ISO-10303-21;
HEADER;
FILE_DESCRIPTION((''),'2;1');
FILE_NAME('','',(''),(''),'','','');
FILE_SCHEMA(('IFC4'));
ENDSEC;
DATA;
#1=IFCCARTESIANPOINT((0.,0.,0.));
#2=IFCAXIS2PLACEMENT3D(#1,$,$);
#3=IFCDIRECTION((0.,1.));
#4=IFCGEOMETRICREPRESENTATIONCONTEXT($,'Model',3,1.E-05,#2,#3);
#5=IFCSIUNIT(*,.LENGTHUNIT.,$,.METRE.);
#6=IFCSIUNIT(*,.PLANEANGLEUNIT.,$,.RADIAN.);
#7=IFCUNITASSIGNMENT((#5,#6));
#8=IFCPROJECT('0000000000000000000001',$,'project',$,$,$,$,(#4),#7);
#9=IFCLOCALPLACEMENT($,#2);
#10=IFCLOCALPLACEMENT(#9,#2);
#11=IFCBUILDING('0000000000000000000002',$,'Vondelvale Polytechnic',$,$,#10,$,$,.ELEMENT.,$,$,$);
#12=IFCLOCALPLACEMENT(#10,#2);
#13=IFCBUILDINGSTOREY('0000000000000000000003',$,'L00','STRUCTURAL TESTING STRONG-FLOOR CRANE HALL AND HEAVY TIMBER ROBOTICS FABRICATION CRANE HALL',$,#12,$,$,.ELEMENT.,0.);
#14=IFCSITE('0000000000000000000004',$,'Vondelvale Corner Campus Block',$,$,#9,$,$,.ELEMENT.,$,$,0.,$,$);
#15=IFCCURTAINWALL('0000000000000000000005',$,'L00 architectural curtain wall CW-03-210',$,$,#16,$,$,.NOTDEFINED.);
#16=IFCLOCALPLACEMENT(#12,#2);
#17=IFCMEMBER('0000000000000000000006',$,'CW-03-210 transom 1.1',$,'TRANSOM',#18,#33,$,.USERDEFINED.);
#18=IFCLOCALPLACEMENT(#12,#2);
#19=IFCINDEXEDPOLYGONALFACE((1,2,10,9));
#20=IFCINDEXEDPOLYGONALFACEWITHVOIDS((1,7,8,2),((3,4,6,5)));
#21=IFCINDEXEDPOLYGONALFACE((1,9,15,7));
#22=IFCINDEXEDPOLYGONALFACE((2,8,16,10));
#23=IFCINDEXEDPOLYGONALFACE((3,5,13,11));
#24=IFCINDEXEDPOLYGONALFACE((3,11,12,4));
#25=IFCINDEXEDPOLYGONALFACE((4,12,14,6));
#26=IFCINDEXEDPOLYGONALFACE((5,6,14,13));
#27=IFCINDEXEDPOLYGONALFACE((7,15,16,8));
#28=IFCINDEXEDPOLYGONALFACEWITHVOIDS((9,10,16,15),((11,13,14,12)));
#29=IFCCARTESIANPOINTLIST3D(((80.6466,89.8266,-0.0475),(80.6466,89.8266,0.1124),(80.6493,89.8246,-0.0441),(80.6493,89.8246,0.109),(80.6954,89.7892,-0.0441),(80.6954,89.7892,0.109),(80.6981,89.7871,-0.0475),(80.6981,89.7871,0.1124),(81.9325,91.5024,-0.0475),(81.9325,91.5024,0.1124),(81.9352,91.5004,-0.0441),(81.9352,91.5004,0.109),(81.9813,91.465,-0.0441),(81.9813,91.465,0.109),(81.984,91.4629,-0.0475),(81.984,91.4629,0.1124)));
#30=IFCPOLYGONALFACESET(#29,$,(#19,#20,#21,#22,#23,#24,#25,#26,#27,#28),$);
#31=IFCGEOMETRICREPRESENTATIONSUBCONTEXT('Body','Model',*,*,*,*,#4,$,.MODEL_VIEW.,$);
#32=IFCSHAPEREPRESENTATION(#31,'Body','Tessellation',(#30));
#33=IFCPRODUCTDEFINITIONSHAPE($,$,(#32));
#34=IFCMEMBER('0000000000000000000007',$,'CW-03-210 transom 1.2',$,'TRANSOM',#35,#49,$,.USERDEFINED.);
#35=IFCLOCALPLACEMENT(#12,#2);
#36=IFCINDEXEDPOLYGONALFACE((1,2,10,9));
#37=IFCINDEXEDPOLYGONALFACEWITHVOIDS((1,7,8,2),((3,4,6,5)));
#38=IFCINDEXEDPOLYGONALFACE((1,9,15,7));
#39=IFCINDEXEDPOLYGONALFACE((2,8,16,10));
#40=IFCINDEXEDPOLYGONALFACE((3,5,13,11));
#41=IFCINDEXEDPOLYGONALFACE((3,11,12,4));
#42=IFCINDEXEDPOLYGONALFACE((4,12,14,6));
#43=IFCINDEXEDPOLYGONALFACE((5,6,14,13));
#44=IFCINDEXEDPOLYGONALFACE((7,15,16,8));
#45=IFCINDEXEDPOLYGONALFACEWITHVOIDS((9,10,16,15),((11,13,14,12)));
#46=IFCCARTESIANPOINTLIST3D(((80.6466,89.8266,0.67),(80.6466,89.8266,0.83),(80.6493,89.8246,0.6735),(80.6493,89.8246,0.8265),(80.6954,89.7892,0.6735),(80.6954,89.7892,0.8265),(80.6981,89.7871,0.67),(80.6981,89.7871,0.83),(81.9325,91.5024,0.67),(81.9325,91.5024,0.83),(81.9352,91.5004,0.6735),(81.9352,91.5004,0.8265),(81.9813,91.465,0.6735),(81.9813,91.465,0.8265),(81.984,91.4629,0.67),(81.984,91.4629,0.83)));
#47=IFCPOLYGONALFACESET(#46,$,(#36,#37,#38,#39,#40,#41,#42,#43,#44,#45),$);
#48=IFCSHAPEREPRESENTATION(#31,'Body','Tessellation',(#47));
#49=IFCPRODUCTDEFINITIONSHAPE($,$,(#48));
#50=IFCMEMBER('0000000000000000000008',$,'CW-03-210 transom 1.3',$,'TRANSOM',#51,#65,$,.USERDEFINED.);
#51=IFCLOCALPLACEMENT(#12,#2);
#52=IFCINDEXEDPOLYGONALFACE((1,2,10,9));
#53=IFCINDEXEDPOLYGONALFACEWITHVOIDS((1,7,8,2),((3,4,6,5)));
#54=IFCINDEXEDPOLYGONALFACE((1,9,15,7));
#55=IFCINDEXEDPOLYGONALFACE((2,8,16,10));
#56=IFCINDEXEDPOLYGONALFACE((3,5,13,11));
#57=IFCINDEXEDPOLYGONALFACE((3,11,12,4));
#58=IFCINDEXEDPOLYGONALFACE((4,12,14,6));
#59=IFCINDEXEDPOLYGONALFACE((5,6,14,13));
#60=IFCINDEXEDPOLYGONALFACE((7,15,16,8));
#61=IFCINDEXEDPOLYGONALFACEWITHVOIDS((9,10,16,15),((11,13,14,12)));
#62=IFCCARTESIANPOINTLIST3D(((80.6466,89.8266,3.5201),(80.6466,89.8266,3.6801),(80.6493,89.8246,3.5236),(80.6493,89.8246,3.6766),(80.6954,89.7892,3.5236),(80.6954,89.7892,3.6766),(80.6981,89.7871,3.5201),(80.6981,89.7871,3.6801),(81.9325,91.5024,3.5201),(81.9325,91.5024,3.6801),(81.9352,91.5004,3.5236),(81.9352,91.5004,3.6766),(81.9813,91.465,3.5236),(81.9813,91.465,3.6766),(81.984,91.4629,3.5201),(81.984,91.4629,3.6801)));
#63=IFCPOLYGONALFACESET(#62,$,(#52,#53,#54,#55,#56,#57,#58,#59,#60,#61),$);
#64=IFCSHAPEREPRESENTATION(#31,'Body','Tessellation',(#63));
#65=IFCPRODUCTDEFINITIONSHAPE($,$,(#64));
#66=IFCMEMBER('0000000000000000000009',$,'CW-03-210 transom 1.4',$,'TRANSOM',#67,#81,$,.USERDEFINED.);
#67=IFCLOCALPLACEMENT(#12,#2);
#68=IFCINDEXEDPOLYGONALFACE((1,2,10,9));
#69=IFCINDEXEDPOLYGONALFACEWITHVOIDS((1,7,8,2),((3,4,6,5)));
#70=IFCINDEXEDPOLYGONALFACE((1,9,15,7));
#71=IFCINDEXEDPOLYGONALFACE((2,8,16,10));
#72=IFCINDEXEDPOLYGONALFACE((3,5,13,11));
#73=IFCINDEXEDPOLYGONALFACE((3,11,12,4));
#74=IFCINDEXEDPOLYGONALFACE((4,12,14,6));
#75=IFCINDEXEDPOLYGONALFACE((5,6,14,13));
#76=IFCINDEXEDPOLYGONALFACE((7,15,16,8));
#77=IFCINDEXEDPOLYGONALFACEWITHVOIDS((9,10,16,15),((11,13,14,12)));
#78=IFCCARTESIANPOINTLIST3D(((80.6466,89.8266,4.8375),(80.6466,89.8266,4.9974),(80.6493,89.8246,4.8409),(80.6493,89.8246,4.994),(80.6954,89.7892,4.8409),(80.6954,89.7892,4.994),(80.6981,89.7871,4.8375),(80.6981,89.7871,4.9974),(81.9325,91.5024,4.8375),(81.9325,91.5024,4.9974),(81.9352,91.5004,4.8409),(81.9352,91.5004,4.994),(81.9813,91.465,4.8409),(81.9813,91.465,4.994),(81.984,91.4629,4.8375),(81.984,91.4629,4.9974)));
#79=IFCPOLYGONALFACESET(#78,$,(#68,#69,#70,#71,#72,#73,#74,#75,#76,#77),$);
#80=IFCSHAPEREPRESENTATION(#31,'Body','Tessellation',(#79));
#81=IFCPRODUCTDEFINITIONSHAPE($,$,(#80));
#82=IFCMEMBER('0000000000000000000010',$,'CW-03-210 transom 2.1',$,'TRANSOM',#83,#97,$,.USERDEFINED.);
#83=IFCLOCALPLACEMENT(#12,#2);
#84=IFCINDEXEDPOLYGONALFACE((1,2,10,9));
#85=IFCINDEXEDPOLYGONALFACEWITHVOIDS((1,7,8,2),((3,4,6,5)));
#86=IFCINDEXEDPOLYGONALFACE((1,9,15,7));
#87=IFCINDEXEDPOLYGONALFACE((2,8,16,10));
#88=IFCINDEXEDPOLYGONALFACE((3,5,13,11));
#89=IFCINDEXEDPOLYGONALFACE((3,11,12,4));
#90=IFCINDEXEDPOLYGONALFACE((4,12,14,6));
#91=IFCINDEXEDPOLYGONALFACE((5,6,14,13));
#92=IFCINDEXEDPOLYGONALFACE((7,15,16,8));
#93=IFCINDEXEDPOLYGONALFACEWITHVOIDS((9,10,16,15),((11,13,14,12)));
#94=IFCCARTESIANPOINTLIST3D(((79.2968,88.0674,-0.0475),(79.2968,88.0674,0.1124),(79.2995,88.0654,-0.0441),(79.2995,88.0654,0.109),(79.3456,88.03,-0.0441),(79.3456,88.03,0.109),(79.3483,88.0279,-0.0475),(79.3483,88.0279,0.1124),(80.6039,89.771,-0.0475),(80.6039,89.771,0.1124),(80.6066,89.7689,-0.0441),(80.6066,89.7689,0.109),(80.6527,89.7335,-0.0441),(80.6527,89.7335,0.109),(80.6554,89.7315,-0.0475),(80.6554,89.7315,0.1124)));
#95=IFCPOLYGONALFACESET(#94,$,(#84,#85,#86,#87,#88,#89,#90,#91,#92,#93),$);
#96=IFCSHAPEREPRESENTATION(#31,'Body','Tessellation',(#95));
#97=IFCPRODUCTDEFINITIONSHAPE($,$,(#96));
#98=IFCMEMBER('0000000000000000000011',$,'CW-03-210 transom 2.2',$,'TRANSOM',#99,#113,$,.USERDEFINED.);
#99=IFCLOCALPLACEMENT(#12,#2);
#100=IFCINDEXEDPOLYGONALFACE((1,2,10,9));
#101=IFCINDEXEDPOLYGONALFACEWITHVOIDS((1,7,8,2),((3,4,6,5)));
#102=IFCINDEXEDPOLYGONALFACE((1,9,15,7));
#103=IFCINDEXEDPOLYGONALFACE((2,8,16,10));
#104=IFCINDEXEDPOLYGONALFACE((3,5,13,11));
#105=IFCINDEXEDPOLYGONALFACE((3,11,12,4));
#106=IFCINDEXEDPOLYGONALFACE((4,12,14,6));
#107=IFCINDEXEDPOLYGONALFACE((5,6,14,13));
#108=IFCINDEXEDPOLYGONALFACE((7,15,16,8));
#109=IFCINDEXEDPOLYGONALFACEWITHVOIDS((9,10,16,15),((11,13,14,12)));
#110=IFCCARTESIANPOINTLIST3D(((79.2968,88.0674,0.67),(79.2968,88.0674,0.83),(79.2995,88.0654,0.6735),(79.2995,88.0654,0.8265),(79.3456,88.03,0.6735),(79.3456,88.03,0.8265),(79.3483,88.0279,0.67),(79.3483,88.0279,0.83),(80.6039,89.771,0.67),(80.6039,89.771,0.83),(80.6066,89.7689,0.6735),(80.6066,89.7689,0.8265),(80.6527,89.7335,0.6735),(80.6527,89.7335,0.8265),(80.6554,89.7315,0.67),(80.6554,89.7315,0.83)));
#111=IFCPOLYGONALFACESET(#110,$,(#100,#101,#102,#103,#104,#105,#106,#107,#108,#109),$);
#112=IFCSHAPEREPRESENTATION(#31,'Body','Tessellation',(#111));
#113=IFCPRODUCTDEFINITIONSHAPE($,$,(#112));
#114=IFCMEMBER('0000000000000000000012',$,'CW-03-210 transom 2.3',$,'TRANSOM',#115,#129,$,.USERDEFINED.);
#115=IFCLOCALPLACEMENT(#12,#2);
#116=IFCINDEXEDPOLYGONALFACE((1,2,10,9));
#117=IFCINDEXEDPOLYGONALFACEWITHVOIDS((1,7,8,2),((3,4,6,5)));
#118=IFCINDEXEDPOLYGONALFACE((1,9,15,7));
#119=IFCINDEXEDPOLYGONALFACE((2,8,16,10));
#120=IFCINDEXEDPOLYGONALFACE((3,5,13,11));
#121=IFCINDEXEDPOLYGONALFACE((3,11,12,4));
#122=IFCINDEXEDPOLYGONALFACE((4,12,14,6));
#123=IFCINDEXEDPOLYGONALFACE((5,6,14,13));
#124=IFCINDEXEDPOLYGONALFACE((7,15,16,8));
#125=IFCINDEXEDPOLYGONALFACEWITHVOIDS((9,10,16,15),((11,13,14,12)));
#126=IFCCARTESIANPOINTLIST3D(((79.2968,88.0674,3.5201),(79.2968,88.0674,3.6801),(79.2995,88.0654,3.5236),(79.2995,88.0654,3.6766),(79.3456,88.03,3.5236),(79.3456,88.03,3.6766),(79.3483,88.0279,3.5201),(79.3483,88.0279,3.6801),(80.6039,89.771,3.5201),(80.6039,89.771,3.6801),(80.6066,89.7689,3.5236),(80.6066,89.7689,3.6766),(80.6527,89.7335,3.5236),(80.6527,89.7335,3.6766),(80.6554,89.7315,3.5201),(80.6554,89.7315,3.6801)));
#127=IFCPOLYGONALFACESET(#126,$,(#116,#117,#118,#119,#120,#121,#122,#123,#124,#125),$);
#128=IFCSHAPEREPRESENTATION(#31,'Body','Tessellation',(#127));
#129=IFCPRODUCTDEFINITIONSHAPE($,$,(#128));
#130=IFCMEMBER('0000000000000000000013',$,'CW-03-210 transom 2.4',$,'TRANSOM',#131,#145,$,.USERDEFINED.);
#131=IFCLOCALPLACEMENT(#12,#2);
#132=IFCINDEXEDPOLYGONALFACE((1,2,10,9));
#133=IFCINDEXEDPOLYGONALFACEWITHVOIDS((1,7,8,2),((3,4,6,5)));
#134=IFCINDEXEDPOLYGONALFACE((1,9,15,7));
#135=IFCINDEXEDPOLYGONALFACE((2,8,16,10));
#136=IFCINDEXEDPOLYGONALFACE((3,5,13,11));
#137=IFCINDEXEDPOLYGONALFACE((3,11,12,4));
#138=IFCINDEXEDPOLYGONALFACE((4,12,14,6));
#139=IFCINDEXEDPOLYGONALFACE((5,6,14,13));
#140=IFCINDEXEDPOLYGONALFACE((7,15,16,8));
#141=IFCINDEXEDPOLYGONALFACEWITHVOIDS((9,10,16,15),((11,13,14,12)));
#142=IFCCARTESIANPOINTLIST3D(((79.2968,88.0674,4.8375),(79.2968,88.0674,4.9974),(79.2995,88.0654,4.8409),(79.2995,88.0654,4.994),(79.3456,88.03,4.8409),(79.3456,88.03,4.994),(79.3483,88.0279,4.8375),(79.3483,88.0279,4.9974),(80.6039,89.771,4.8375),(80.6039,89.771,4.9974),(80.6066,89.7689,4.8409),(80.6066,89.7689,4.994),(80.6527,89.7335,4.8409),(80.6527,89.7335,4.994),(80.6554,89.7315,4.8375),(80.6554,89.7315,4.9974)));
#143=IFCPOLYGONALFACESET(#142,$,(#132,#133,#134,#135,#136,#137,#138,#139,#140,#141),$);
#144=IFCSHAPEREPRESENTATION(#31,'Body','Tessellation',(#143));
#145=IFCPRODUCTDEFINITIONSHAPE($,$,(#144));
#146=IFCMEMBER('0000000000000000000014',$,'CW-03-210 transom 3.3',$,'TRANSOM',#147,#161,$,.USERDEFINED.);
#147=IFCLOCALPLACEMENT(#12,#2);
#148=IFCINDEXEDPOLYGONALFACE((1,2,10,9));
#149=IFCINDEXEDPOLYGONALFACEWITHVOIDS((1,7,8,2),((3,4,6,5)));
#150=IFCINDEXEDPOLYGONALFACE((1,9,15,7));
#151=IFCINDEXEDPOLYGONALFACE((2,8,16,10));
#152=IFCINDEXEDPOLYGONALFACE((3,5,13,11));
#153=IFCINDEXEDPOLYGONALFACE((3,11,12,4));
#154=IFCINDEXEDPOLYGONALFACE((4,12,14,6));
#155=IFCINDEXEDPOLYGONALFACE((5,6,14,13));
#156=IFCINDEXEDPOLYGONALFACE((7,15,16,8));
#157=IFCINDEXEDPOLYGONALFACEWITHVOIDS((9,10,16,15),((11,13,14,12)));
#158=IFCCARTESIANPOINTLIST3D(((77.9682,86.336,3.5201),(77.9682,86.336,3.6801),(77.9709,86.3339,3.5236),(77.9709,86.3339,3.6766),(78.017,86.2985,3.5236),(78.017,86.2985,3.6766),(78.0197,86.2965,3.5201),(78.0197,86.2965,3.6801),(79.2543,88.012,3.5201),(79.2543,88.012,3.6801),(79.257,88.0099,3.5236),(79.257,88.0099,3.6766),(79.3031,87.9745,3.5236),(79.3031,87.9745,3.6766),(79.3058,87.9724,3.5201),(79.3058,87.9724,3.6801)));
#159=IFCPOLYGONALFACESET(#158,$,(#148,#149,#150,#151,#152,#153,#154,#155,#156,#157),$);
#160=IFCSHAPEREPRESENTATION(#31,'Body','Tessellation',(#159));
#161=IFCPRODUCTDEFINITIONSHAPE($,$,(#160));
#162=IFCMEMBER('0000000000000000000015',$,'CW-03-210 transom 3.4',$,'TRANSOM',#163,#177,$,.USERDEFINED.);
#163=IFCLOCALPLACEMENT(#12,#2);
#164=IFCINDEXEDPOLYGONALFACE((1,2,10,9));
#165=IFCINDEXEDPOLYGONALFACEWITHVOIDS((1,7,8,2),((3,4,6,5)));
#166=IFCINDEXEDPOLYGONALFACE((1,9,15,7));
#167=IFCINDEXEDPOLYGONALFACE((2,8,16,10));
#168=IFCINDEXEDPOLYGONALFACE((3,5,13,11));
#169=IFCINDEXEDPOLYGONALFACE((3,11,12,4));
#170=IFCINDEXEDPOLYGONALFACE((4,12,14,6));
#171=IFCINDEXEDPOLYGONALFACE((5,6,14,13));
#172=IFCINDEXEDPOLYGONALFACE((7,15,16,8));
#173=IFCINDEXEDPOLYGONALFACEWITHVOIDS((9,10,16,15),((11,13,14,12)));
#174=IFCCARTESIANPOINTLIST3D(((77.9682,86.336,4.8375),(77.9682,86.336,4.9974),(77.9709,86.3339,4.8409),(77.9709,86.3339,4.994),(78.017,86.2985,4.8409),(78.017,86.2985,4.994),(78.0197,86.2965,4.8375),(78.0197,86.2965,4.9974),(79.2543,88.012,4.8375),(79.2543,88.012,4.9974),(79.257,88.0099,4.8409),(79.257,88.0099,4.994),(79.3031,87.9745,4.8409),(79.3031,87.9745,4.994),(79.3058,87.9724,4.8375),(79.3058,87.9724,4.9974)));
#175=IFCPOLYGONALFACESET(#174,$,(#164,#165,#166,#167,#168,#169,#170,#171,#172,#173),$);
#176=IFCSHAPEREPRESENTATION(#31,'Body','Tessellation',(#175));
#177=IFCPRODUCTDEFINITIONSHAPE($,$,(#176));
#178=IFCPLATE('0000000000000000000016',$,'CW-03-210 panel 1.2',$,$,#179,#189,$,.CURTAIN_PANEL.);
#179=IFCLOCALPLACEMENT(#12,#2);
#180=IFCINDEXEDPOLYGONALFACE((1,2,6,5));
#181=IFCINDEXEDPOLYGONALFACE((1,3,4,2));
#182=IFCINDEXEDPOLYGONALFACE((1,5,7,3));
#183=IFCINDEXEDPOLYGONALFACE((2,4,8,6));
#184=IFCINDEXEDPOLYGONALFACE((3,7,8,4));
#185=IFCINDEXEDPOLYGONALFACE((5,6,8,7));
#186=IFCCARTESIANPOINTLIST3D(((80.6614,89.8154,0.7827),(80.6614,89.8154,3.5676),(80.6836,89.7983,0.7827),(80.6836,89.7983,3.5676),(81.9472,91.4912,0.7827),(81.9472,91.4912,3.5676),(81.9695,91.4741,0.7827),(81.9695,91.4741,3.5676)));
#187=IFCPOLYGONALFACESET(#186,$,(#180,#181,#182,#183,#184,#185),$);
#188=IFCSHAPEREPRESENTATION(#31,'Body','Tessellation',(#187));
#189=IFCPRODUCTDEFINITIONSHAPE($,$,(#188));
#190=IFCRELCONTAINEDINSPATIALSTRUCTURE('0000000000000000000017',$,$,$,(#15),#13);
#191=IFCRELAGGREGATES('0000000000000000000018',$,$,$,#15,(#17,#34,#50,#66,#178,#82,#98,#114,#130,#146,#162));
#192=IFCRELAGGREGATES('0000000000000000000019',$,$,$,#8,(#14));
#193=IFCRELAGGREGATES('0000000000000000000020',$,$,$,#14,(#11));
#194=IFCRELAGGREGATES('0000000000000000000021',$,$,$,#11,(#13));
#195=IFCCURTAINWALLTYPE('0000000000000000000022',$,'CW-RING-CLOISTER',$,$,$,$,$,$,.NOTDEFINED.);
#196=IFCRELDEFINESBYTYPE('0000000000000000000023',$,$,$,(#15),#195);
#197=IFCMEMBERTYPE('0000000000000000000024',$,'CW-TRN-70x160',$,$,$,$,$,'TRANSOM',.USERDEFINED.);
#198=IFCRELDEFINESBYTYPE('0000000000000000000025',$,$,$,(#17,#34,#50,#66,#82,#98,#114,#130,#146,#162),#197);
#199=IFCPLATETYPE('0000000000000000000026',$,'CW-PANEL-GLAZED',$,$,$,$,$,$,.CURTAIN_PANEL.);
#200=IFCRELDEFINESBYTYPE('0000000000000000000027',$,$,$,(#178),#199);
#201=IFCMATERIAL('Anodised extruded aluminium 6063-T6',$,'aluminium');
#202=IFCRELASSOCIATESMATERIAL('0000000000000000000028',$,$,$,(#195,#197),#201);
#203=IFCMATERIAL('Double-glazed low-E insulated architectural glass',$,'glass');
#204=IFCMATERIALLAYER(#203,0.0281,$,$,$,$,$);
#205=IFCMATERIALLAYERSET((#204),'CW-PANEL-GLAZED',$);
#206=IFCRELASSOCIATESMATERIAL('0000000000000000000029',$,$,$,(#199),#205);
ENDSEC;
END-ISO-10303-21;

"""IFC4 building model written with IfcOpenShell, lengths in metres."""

from ifc_helpers import new_model, si_unit, direction, frame, origin, origin_2d, place, context, subcontext, project, spatial, rectangle, hollow_rectangle, extrude, material, layer, layer_set, material_profile, profile_set, type_object, element, aggregate, save


model = new_model("IFC4")

# Units and contexts
model_context = context("Model", 3, precision=1e-05, world=origin(), true_north=direction((0.0, 1.0)))
body_context = subcontext(model_context, "Body", "Model", "MODEL_VIEW")
ifc_project = project(units=[si_unit("LENGTHUNIT", "METRE"), si_unit("PLANEANGLEUNIT", "RADIAN")], contexts=[model_context])

# Site, building, storey
site_placement = place(None, origin())
site = spatial("IfcSite", under=ifc_project, at=site_placement, Name="Vondelvale Corner Campus Block", CompositionType="ELEMENT", RefElevation=0.0)
building_placement = place(site_placement, origin())
building = spatial("IfcBuilding", under=site, at=building_placement, Name="Vondelvale Polytechnic", CompositionType="ELEMENT")
storey_placement = place(building_placement, origin())
storey = spatial("IfcBuildingStorey", under=building, at=storey_placement, Name="L00", Description="STRUCTURAL TESTING STRONG-FLOOR CRANE HALL AND HEAVY TIMBER ROBOTICS FABRICATION CRANE HALL", CompositionType="ELEMENT", Elevation=0.0)

# Curtain wall, members, plate
ifc_material_1 = material(Name="Anodised extruded aluminium 6063-T6", Category="aluminium")
curtain_wall_type = type_object("IfcCurtainWallType", Name="CW-RING-CLOISTER", PredefinedType="NOTDEFINED", material=ifc_material_1)
curtain_wall_placement = place(storey_placement, origin())
curtain_wall = element("IfcCurtainWall", 1, at=curtain_wall_placement, inside=storey, type_object=curtain_wall_type, Name="L00 architectural curtain wall CW-03-210", PredefinedType="NOTDEFINED")
ifc_material_profile_1 = material_profile(ifc_material_1, hollow_rectangle(XDim=0.0649, YDim=0.1599, WallThickness=0.0034, at=origin_2d()), Name="CW-TRN-160x65")
ifc_profile_set_1 = profile_set([ifc_material_profile_1], Name="Anodised extruded aluminium 6063-T6")
member_type_1 = type_object("IfcMemberType", Name="CW-TRN-70x160", ElementType="TRANSOM", PredefinedType="USERDEFINED", material=ifc_profile_set_1)
member_1_placement = place(storey_placement, frame((81.9583, 91.4827, 0.0325), z_axis=(-0.608766, -0.79335, 0.0), x_axis=(0.79335, -0.608766, 0.0)))
member_1 = element("IfcMember", 2, at=member_1_placement, type_object=member_type_1, Name="CW-03-210 transom 1.1", ObjectType="TRANSOM", PredefinedType="USERDEFINED", context=body_context, shape_type="SweptSolid", body=[
    extrude(hollow_rectangle(XDim=0.0649, YDim=0.1599, WallThickness=0.0034, at=origin_2d()), origin(), (0.0, 0.0, 1.0), 2.1123),
])
member_2_placement = place(storey_placement, frame((81.9583, 91.4827, 0.75), z_axis=(-0.608766, -0.79335, 0.0), x_axis=(0.79335, -0.608766, 0.0)))
member_2 = element("IfcMember", 3, at=member_2_placement, type_object=member_type_1, Name="CW-03-210 transom 1.2", ObjectType="TRANSOM", PredefinedType="USERDEFINED", context=body_context, shape_type="SweptSolid", body=[
    extrude(hollow_rectangle(XDim=0.0649, YDim=0.1599, WallThickness=0.0034, at=origin_2d()), origin(), (0.0, 0.0, 1.0), 2.1123),
])
member_3_placement = place(storey_placement, frame((81.9583, 91.4827, 3.6001), z_axis=(-0.608766, -0.79335, 0.0), x_axis=(0.79335, -0.608766, 0.0)))
member_3 = element("IfcMember", 4, at=member_3_placement, type_object=member_type_1, Name="CW-03-210 transom 1.3", ObjectType="TRANSOM", PredefinedType="USERDEFINED", context=body_context, shape_type="SweptSolid", body=[
    extrude(hollow_rectangle(XDim=0.0649, YDim=0.1599, WallThickness=0.0034, at=origin_2d()), origin(), (0.0, 0.0, 1.0), 2.1123),
])
member_4_placement = place(storey_placement, frame((81.9583, 91.4827, 4.9175), z_axis=(-0.608766, -0.79335, 0.0), x_axis=(0.79335, -0.608766, 0.0)))
member_4 = element("IfcMember", 5, at=member_4_placement, type_object=member_type_1, Name="CW-03-210 transom 1.4", ObjectType="TRANSOM", PredefinedType="USERDEFINED", context=body_context, shape_type="SweptSolid", body=[
    extrude(hollow_rectangle(XDim=0.0649, YDim=0.1599, WallThickness=0.0034, at=origin_2d()), origin(), (0.0, 0.0, 1.0), 2.1123),
])
member_5_placement = place(storey_placement, frame((80.6296, 89.7512, 0.0325), z_axis=(-0.608732, -0.793376, 0.0), x_axis=(0.793376, -0.608732, 0.0)))
member_5 = element("IfcMember", 6, at=member_5_placement, type_object=member_type_1, Name="CW-03-210 transom 2.1", ObjectType="TRANSOM", PredefinedType="USERDEFINED", context=body_context, shape_type="SweptSolid", body=[
    extrude(hollow_rectangle(XDim=0.0649, YDim=0.1599, WallThickness=0.0034, at=origin_2d()), origin(), (0.0, 0.0, 1.0), 2.1472),
])
member_6_placement = place(storey_placement, frame((80.6296, 89.7512, 0.75), z_axis=(-0.608732, -0.793376, 0.0), x_axis=(0.793376, -0.608732, 0.0)))
member_6 = element("IfcMember", 7, at=member_6_placement, type_object=member_type_1, Name="CW-03-210 transom 2.2", ObjectType="TRANSOM", PredefinedType="USERDEFINED", context=body_context, shape_type="SweptSolid", body=[
    extrude(hollow_rectangle(XDim=0.0649, YDim=0.1599, WallThickness=0.0034, at=origin_2d()), origin(), (0.0, 0.0, 1.0), 2.1472),
])
member_7_placement = place(storey_placement, frame((80.6296, 89.7512, 3.6001), z_axis=(-0.608732, -0.793376, 0.0), x_axis=(0.793376, -0.608732, 0.0)))
member_7 = element("IfcMember", 8, at=member_7_placement, type_object=member_type_1, Name="CW-03-210 transom 2.3", ObjectType="TRANSOM", PredefinedType="USERDEFINED", context=body_context, shape_type="SweptSolid", body=[
    extrude(hollow_rectangle(XDim=0.0649, YDim=0.1599, WallThickness=0.0034, at=origin_2d()), origin(), (0.0, 0.0, 1.0), 2.1472),
])
member_8_placement = place(storey_placement, frame((80.6296, 89.7512, 4.9175), z_axis=(-0.608732, -0.793376, 0.0), x_axis=(0.793376, -0.608732, 0.0)))
member_8 = element("IfcMember", 9, at=member_8_placement, type_object=member_type_1, Name="CW-03-210 transom 2.4", ObjectType="TRANSOM", PredefinedType="USERDEFINED", context=body_context, shape_type="SweptSolid", body=[
    extrude(hollow_rectangle(XDim=0.0649, YDim=0.1599, WallThickness=0.0034, at=origin_2d()), origin(), (0.0, 0.0, 1.0), 2.1472),
])
member_9_placement = place(storey_placement, frame((79.28, 87.9922, 3.6001), z_axis=(-0.608783, -0.793337, 0.0), x_axis=(0.793337, -0.608783, 0.0)))
member_9 = element("IfcMember", 10, at=member_9_placement, type_object=member_type_1, Name="CW-03-210 transom 3.3", ObjectType="TRANSOM", PredefinedType="USERDEFINED", context=body_context, shape_type="SweptSolid", body=[
    extrude(hollow_rectangle(XDim=0.0649, YDim=0.1599, WallThickness=0.0034, at=origin_2d()), origin(), (0.0, 0.0, 1.0), 2.1125),
])
member_10_placement = place(storey_placement, frame((79.28, 87.9922, 4.9175), z_axis=(-0.608783, -0.793337, 0.0), x_axis=(0.793337, -0.608783, 0.0)))
member_10 = element("IfcMember", 11, at=member_10_placement, type_object=member_type_1, Name="CW-03-210 transom 3.4", ObjectType="TRANSOM", PredefinedType="USERDEFINED", context=body_context, shape_type="SweptSolid", body=[
    extrude(hollow_rectangle(XDim=0.0649, YDim=0.1599, WallThickness=0.0034, at=origin_2d()), origin(), (0.0, 0.0, 1.0), 2.1125),
])
ifc_material_2 = material(Name="Double-glazed low-E insulated architectural glass", Category="glass")
ifc_layer_1 = layer(ifc_material_2, 0.0281)
ifc_layer_set_1 = layer_set([ifc_layer_1], Name="CW-PANEL-GLAZED")
plate_type_1 = type_object("IfcPlateType", Name="CW-PANEL-GLAZED", PredefinedType="CURTAIN_PANEL", material=ifc_layer_set_1)
plate_1_placement = place(storey_placement, frame((81.3154, 90.6448, 0.7827), z_axis=(0.0, 0.0, 1.0), x_axis=(-0.608748, -0.793364, 0.0)))
plate_1 = element("IfcPlate", 12, at=plate_1_placement, type_object=plate_type_1, Name="CW-03-210 panel 1.2", PredefinedType="CURTAIN_PANEL", context=body_context, shape_type="SweptSolid", body=[
    extrude(rectangle(XDim=2.1123, YDim=0.0281, at=origin_2d()), origin(), (0.0, 0.0, 1.0), 2.7849),
])
aggregate(curtain_wall, [member_1, member_2, member_3, member_4, plate_1, member_5, member_6, member_7, member_8, member_9, member_10])

save(model, "model.ifc")
